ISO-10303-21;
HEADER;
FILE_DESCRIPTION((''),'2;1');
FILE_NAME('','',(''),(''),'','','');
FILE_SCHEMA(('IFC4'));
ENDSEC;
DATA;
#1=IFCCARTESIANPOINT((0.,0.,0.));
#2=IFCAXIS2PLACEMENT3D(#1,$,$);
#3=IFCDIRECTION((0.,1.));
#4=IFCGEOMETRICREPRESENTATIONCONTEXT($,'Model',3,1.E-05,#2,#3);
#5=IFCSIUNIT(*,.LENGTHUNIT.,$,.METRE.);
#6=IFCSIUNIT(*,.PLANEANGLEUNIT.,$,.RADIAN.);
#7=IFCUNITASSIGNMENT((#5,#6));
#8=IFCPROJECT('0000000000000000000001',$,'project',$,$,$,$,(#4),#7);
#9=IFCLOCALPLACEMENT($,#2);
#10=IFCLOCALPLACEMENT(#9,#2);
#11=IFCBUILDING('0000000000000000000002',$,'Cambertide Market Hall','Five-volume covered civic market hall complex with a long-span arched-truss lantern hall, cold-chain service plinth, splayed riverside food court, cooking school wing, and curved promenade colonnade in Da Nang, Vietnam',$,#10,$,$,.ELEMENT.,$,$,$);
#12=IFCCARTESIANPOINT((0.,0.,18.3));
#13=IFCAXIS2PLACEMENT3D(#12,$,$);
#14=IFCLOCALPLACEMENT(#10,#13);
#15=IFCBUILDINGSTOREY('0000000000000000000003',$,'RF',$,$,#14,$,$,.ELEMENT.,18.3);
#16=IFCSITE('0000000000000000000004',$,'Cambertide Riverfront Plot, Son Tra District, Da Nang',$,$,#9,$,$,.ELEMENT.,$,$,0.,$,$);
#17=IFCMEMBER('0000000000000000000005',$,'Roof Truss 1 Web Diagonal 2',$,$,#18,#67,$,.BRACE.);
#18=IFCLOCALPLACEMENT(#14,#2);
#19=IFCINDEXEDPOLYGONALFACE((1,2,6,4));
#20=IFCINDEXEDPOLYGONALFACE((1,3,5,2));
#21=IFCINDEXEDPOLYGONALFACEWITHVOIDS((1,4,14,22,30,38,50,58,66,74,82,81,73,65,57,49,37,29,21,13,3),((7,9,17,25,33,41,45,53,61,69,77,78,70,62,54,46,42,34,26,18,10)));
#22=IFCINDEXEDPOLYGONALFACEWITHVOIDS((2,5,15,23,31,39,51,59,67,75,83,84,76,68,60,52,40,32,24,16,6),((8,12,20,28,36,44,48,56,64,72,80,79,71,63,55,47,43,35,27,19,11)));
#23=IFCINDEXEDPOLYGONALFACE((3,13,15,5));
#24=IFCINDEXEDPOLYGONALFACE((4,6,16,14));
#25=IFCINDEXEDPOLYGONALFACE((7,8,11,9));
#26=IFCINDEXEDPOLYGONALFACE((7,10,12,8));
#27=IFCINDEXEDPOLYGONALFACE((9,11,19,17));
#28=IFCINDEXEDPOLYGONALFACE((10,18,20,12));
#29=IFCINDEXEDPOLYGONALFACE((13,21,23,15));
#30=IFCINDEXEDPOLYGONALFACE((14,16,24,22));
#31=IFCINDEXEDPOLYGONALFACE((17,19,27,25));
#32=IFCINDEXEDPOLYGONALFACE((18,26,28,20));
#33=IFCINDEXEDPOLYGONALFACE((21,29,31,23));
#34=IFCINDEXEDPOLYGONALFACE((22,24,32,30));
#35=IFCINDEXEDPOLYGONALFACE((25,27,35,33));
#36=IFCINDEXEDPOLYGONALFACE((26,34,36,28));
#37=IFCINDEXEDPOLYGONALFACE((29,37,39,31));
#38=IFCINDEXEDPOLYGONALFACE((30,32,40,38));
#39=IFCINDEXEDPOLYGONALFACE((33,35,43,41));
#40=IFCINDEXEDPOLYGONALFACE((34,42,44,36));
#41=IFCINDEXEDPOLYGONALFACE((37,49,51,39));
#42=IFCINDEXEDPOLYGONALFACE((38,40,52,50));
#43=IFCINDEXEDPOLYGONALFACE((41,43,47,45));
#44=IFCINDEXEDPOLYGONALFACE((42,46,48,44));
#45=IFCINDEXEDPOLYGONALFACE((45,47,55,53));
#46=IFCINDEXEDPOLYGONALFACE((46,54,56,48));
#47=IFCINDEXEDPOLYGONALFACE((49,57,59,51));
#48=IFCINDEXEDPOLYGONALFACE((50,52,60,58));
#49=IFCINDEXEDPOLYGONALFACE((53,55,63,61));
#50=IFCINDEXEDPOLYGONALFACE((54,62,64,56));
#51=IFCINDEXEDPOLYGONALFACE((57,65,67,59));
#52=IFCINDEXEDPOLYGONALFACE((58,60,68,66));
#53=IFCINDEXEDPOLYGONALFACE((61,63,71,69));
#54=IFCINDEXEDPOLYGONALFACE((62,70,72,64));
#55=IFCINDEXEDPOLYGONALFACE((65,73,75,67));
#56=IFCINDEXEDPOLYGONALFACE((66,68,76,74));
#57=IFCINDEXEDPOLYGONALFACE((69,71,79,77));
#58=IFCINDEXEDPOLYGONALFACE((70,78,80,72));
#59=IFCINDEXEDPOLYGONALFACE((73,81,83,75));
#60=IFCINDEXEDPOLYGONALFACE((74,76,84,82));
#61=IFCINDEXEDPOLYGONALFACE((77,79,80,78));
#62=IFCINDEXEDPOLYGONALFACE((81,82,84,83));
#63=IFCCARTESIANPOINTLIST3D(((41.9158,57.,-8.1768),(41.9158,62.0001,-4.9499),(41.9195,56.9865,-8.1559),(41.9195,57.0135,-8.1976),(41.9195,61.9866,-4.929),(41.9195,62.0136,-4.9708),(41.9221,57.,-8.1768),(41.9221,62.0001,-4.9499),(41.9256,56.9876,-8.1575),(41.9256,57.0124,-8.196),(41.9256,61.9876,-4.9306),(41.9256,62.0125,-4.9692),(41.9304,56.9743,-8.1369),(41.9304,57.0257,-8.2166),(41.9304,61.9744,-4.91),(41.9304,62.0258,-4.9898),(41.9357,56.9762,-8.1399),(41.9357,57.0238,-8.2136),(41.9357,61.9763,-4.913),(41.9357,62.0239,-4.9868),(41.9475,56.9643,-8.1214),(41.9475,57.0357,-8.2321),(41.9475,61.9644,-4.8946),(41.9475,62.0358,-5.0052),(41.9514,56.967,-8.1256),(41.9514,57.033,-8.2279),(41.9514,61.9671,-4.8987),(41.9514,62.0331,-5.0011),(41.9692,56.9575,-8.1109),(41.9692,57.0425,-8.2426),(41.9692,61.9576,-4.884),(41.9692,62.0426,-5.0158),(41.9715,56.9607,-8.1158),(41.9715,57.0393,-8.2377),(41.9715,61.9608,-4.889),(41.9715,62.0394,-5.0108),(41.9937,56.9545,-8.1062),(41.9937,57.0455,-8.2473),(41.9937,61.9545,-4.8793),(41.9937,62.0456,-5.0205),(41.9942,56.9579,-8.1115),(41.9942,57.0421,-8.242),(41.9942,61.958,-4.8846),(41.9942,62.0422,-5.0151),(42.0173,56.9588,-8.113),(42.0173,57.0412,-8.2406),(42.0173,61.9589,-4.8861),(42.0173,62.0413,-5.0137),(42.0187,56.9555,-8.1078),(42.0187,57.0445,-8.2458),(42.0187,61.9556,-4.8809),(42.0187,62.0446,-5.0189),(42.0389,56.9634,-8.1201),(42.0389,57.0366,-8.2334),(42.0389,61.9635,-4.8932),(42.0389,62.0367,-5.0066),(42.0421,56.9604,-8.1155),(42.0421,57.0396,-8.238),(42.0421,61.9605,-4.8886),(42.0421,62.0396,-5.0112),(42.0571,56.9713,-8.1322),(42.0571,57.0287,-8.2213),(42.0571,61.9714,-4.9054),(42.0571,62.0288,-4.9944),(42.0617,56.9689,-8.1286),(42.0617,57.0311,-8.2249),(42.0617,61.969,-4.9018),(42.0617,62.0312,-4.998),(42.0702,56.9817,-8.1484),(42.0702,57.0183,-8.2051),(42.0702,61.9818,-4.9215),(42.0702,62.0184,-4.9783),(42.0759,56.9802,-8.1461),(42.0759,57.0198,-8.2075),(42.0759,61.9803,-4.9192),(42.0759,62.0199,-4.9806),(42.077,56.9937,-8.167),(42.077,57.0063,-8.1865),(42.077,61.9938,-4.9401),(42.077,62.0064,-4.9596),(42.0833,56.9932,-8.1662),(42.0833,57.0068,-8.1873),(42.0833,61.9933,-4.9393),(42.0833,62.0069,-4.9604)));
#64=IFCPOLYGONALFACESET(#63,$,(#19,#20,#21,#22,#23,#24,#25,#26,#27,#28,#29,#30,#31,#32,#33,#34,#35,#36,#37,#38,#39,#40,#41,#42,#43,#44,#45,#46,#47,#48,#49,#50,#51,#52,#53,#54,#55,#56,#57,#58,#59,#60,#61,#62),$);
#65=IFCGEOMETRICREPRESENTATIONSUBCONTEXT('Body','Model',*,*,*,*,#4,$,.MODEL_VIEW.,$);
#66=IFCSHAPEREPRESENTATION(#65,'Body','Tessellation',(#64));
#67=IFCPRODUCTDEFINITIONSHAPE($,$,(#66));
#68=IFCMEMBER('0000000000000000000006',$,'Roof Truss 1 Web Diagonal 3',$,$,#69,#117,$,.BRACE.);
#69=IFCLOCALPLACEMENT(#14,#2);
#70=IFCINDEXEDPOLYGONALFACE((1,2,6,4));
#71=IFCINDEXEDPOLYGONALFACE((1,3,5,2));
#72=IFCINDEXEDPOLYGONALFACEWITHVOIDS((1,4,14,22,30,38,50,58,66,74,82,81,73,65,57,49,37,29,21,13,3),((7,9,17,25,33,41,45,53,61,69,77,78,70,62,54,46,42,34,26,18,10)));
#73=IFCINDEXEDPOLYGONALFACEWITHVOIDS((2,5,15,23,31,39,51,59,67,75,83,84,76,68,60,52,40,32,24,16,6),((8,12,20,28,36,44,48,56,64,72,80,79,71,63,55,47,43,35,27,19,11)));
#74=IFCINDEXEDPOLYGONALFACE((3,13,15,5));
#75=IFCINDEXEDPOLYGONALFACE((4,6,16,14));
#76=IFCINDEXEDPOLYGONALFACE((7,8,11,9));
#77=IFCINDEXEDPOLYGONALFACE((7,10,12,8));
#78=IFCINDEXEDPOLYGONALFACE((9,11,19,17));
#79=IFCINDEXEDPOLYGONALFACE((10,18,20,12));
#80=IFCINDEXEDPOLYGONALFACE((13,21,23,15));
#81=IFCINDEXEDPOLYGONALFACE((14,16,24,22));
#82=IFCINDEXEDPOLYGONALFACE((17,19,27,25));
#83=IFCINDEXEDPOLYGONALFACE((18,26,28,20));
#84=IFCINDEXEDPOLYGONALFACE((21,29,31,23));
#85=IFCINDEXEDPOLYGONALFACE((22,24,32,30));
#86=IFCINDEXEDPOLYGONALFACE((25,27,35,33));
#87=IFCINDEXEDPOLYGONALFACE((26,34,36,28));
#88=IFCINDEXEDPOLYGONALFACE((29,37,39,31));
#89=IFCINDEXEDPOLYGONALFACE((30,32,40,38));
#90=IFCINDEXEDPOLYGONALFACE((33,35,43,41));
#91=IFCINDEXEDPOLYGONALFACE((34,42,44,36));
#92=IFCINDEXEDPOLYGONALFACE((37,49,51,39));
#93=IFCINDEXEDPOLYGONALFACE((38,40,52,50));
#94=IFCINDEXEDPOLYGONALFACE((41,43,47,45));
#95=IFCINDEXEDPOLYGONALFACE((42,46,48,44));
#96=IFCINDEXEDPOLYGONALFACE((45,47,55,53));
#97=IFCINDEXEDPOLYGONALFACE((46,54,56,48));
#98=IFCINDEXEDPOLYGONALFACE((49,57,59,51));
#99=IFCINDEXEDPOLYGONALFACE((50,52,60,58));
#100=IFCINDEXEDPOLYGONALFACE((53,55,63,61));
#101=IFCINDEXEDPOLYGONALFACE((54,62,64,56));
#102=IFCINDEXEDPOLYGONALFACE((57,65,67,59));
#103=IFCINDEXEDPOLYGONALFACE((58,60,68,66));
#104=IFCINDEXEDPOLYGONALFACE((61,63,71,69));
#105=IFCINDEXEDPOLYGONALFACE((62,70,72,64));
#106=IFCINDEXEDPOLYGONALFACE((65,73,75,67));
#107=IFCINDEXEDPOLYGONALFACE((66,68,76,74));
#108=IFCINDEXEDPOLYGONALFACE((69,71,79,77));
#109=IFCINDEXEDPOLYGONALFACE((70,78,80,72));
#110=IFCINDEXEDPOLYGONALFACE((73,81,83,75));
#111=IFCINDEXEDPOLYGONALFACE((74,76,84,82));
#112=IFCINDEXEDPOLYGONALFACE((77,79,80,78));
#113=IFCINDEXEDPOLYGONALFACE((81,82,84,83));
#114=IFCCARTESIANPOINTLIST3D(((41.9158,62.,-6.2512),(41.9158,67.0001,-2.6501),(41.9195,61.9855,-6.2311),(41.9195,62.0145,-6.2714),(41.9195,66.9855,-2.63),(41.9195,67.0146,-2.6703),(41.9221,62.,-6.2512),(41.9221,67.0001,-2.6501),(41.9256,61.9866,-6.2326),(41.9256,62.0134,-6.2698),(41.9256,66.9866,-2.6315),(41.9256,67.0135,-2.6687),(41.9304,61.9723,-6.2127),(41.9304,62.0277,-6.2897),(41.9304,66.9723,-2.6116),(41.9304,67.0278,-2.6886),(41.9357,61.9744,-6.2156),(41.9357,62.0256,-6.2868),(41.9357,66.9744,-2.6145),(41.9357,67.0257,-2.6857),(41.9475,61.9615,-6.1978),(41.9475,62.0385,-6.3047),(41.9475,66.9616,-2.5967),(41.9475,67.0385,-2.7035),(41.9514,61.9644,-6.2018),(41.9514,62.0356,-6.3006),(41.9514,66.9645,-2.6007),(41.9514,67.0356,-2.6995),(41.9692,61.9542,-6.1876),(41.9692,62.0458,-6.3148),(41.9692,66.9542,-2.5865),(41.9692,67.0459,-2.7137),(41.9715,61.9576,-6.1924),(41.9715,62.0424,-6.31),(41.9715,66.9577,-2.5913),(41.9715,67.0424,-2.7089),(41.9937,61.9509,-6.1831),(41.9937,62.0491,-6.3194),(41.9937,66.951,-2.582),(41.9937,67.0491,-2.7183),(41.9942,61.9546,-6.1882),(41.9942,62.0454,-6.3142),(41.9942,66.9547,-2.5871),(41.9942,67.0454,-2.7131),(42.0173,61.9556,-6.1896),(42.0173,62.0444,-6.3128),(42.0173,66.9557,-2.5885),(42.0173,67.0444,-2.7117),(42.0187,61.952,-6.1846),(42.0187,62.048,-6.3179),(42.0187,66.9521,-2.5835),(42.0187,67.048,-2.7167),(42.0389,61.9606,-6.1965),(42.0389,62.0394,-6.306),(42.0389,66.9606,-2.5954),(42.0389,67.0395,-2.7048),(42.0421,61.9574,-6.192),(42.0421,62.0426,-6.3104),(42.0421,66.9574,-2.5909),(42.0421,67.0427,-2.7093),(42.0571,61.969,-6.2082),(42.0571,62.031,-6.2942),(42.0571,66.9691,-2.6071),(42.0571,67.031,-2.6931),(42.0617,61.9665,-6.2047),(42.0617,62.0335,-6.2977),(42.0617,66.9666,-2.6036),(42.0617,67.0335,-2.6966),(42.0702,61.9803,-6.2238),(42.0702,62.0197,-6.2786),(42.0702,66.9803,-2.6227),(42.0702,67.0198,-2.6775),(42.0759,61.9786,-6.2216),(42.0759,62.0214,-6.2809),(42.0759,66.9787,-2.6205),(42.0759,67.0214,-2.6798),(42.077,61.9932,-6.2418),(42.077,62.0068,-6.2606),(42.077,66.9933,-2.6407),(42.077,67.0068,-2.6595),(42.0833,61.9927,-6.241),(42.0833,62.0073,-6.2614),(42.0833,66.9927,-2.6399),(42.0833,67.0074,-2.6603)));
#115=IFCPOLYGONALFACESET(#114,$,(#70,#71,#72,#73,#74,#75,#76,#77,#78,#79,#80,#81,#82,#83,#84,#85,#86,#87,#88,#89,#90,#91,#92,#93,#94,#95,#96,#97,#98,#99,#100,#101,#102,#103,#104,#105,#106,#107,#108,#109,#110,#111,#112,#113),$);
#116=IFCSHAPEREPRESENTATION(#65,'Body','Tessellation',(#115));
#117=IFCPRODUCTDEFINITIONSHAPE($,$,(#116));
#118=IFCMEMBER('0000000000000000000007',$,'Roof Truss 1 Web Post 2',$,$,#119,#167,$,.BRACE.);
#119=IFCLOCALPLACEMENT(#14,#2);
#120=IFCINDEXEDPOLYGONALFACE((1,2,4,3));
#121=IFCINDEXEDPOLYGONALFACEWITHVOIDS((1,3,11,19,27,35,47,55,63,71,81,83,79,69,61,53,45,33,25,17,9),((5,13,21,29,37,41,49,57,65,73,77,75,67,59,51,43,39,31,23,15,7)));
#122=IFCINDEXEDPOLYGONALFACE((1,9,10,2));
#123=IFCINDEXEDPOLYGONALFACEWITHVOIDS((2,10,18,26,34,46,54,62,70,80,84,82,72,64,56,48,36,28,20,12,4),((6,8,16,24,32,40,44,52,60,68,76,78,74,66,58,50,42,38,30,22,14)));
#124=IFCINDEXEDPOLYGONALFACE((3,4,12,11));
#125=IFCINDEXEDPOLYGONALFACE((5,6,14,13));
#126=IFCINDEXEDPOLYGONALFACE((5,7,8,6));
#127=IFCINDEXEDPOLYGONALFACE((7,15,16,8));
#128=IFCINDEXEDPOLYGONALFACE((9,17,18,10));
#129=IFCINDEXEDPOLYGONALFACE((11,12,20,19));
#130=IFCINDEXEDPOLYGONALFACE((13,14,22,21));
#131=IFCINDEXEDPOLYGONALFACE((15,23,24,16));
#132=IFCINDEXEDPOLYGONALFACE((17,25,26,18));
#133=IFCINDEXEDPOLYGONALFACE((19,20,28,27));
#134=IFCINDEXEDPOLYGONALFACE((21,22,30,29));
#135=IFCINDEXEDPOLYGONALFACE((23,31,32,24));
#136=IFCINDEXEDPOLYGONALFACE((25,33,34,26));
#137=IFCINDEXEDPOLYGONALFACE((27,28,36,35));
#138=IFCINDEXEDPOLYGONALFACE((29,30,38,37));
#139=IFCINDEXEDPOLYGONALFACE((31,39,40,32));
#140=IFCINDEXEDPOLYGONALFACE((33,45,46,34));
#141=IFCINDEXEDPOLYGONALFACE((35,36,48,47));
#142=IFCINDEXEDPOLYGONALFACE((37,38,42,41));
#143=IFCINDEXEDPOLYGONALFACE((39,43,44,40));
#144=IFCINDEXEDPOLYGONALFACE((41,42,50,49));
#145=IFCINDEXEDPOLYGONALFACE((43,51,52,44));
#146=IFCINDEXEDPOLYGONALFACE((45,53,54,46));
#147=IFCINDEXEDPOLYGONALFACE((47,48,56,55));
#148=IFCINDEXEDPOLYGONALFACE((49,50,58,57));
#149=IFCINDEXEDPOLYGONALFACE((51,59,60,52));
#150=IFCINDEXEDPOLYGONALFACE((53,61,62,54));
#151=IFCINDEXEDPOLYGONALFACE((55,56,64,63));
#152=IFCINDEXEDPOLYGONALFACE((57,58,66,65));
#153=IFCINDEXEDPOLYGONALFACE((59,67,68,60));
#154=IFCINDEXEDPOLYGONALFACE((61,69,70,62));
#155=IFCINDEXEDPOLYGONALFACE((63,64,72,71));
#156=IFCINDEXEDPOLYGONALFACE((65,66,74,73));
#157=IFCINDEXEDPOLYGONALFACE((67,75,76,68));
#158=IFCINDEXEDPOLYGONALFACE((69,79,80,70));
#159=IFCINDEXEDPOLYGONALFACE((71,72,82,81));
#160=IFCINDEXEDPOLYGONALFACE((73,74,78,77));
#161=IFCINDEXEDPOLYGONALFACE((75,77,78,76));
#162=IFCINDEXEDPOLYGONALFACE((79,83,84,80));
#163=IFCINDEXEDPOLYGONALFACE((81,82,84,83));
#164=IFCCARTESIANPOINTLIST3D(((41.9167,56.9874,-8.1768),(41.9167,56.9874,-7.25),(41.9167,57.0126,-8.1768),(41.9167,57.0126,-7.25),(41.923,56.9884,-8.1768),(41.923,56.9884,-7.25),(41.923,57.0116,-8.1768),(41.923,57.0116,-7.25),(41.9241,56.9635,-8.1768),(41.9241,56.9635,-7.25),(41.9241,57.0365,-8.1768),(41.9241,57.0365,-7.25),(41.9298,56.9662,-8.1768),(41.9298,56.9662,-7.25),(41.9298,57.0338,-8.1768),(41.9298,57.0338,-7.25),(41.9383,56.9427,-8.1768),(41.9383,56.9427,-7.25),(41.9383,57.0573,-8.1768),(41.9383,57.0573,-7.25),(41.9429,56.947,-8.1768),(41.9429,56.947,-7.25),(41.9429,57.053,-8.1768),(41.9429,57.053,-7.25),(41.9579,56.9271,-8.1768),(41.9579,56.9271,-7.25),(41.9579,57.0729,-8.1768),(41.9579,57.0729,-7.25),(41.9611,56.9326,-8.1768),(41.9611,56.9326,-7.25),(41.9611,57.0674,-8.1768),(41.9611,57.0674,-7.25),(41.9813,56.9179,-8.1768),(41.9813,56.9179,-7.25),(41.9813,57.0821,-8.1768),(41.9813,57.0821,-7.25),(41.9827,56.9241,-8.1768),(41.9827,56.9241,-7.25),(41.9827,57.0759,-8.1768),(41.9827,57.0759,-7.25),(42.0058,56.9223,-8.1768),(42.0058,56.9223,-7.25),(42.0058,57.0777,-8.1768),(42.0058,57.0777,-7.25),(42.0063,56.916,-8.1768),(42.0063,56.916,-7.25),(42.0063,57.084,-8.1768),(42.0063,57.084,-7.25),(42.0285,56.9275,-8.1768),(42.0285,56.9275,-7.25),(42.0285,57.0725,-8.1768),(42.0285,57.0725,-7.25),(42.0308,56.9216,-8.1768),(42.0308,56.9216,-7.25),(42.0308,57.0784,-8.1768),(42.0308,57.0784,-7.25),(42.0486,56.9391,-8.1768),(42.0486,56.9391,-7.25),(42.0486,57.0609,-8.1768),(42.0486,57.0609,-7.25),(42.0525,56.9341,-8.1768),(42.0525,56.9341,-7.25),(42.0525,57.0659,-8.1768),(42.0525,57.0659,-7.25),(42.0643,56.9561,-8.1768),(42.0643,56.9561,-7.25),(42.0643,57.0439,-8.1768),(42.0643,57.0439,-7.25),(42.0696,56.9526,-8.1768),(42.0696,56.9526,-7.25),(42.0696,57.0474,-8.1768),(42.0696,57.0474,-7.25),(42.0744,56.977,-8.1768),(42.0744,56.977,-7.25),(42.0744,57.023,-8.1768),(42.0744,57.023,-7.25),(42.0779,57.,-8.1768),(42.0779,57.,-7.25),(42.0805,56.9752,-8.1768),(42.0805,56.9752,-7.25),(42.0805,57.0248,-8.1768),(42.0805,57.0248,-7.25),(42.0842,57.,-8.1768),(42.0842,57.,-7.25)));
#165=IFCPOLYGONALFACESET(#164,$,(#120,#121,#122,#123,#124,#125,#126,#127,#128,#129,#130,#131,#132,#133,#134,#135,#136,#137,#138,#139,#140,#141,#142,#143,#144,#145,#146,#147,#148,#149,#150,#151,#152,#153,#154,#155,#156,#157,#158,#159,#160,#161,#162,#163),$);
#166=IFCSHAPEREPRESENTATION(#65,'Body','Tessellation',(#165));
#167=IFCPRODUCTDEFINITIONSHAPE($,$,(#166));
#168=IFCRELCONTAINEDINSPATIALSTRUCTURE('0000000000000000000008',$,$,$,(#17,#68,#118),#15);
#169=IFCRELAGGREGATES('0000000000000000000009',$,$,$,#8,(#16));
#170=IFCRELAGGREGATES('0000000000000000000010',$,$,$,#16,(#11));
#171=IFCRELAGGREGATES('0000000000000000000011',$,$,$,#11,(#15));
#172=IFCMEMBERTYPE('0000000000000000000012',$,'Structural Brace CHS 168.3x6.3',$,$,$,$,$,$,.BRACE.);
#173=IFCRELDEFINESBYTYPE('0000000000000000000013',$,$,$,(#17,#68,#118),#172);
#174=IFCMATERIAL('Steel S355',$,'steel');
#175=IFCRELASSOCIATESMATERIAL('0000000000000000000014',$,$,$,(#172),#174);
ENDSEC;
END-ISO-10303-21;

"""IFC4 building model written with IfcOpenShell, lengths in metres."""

from ifc_helpers import new_model, si_unit, direction, frame, origin, origin_2d, place, context, subcontext, project, spatial, hollow_circle, extrude, material, material_profile, profile_set, type_object, element, save


model = new_model("IFC4")

# Units and contexts
model_context = context("Model", 3, precision=1e-05, world=origin(), true_north=direction((0.0, 1.0)))
body_context = subcontext(model_context, "Body", "Model", "MODEL_VIEW")
ifc_project = project(units=[si_unit("LENGTHUNIT", "METRE"), si_unit("PLANEANGLEUNIT", "RADIAN")], contexts=[model_context])

# Site, building, storey
site_placement = place(None, origin())
site = spatial("IfcSite", under=ifc_project, at=site_placement, Name="Cambertide Riverfront Plot, Son Tra District, Da Nang", CompositionType="ELEMENT", RefElevation=0.0)
building_placement = place(site_placement, origin())
building = spatial("IfcBuilding", under=site, at=building_placement, Name="Cambertide Market Hall", Description="Five-volume covered civic market hall complex with a long-span arched-truss lantern hall, cold-chain service plinth, splayed riverside food court, cooking school wing, and curved promenade colonnade in Da Nang, Vietnam", CompositionType="ELEMENT")
storey_placement = place(building_placement, frame((0.0, 0.0, 18.3)))
storey = spatial("IfcBuildingStorey", under=building, at=storey_placement, Name="RF", CompositionType="ELEMENT", Elevation=18.3)

# Members
ifc_material_1 = material(Name="Steel S355", Category="steel")
ifc_material_profile_1 = material_profile(ifc_material_1, hollow_circle(Radius=0.0842, WallThickness=0.0063, at=origin_2d()), Name="CHS 168.3x6.3")
ifc_profile_set_1 = profile_set([ifc_material_profile_1], Name="Steel S355")
member_type_1 = type_object("IfcMemberType", Name="Structural Brace CHS 168.3x6.3", PredefinedType="BRACE", material=ifc_profile_set_1)
member_1_placement = place(storey_placement, frame((42.0, 57.0, -8.1768), z_axis=(0.0, 0.84022, 0.542246), x_axis=(-1.0, 0.0, 0.0)))
element("IfcMember", 1, at=member_1_placement, inside=storey, type_object=member_type_1, Name="Roof Truss 1 Web Diagonal 2", PredefinedType="BRACE", context=body_context, shape_type="SweptSolid", body=[
    extrude(hollow_circle(Radius=0.0842, WallThickness=0.0063, at=origin_2d()), origin(), (0.0, 0.0, 1.0), 5.9509),
])
member_2_placement = place(storey_placement, frame((42.0, 62.0, -6.2512), z_axis=(0.0, 0.811452, 0.58442), x_axis=(-1.0, 0.0, 0.0)))
element("IfcMember", 2, at=member_2_placement, inside=storey, type_object=member_type_1, Name="Roof Truss 1 Web Diagonal 3", PredefinedType="BRACE", context=body_context, shape_type="SweptSolid", body=[
    extrude(hollow_circle(Radius=0.0842, WallThickness=0.0063, at=origin_2d()), origin(), (0.0, 0.0, 1.0), 6.1619),
])
member_3_placement = place(storey_placement, frame((42.0, 57.0, -8.1768), z_axis=(0.0, 0.0, 1.0), x_axis=(1.0, 0.0, 0.0)))
element("IfcMember", 3, at=member_3_placement, inside=storey, type_object=member_type_1, Name="Roof Truss 1 Web Post 2", PredefinedType="BRACE", context=body_context, shape_type="SweptSolid", body=[
    extrude(hollow_circle(Radius=0.0842, WallThickness=0.0063, at=origin_2d()), origin(), (0.0, 0.0, 1.0), 0.9268),
])

save(model, "model.ifc")
